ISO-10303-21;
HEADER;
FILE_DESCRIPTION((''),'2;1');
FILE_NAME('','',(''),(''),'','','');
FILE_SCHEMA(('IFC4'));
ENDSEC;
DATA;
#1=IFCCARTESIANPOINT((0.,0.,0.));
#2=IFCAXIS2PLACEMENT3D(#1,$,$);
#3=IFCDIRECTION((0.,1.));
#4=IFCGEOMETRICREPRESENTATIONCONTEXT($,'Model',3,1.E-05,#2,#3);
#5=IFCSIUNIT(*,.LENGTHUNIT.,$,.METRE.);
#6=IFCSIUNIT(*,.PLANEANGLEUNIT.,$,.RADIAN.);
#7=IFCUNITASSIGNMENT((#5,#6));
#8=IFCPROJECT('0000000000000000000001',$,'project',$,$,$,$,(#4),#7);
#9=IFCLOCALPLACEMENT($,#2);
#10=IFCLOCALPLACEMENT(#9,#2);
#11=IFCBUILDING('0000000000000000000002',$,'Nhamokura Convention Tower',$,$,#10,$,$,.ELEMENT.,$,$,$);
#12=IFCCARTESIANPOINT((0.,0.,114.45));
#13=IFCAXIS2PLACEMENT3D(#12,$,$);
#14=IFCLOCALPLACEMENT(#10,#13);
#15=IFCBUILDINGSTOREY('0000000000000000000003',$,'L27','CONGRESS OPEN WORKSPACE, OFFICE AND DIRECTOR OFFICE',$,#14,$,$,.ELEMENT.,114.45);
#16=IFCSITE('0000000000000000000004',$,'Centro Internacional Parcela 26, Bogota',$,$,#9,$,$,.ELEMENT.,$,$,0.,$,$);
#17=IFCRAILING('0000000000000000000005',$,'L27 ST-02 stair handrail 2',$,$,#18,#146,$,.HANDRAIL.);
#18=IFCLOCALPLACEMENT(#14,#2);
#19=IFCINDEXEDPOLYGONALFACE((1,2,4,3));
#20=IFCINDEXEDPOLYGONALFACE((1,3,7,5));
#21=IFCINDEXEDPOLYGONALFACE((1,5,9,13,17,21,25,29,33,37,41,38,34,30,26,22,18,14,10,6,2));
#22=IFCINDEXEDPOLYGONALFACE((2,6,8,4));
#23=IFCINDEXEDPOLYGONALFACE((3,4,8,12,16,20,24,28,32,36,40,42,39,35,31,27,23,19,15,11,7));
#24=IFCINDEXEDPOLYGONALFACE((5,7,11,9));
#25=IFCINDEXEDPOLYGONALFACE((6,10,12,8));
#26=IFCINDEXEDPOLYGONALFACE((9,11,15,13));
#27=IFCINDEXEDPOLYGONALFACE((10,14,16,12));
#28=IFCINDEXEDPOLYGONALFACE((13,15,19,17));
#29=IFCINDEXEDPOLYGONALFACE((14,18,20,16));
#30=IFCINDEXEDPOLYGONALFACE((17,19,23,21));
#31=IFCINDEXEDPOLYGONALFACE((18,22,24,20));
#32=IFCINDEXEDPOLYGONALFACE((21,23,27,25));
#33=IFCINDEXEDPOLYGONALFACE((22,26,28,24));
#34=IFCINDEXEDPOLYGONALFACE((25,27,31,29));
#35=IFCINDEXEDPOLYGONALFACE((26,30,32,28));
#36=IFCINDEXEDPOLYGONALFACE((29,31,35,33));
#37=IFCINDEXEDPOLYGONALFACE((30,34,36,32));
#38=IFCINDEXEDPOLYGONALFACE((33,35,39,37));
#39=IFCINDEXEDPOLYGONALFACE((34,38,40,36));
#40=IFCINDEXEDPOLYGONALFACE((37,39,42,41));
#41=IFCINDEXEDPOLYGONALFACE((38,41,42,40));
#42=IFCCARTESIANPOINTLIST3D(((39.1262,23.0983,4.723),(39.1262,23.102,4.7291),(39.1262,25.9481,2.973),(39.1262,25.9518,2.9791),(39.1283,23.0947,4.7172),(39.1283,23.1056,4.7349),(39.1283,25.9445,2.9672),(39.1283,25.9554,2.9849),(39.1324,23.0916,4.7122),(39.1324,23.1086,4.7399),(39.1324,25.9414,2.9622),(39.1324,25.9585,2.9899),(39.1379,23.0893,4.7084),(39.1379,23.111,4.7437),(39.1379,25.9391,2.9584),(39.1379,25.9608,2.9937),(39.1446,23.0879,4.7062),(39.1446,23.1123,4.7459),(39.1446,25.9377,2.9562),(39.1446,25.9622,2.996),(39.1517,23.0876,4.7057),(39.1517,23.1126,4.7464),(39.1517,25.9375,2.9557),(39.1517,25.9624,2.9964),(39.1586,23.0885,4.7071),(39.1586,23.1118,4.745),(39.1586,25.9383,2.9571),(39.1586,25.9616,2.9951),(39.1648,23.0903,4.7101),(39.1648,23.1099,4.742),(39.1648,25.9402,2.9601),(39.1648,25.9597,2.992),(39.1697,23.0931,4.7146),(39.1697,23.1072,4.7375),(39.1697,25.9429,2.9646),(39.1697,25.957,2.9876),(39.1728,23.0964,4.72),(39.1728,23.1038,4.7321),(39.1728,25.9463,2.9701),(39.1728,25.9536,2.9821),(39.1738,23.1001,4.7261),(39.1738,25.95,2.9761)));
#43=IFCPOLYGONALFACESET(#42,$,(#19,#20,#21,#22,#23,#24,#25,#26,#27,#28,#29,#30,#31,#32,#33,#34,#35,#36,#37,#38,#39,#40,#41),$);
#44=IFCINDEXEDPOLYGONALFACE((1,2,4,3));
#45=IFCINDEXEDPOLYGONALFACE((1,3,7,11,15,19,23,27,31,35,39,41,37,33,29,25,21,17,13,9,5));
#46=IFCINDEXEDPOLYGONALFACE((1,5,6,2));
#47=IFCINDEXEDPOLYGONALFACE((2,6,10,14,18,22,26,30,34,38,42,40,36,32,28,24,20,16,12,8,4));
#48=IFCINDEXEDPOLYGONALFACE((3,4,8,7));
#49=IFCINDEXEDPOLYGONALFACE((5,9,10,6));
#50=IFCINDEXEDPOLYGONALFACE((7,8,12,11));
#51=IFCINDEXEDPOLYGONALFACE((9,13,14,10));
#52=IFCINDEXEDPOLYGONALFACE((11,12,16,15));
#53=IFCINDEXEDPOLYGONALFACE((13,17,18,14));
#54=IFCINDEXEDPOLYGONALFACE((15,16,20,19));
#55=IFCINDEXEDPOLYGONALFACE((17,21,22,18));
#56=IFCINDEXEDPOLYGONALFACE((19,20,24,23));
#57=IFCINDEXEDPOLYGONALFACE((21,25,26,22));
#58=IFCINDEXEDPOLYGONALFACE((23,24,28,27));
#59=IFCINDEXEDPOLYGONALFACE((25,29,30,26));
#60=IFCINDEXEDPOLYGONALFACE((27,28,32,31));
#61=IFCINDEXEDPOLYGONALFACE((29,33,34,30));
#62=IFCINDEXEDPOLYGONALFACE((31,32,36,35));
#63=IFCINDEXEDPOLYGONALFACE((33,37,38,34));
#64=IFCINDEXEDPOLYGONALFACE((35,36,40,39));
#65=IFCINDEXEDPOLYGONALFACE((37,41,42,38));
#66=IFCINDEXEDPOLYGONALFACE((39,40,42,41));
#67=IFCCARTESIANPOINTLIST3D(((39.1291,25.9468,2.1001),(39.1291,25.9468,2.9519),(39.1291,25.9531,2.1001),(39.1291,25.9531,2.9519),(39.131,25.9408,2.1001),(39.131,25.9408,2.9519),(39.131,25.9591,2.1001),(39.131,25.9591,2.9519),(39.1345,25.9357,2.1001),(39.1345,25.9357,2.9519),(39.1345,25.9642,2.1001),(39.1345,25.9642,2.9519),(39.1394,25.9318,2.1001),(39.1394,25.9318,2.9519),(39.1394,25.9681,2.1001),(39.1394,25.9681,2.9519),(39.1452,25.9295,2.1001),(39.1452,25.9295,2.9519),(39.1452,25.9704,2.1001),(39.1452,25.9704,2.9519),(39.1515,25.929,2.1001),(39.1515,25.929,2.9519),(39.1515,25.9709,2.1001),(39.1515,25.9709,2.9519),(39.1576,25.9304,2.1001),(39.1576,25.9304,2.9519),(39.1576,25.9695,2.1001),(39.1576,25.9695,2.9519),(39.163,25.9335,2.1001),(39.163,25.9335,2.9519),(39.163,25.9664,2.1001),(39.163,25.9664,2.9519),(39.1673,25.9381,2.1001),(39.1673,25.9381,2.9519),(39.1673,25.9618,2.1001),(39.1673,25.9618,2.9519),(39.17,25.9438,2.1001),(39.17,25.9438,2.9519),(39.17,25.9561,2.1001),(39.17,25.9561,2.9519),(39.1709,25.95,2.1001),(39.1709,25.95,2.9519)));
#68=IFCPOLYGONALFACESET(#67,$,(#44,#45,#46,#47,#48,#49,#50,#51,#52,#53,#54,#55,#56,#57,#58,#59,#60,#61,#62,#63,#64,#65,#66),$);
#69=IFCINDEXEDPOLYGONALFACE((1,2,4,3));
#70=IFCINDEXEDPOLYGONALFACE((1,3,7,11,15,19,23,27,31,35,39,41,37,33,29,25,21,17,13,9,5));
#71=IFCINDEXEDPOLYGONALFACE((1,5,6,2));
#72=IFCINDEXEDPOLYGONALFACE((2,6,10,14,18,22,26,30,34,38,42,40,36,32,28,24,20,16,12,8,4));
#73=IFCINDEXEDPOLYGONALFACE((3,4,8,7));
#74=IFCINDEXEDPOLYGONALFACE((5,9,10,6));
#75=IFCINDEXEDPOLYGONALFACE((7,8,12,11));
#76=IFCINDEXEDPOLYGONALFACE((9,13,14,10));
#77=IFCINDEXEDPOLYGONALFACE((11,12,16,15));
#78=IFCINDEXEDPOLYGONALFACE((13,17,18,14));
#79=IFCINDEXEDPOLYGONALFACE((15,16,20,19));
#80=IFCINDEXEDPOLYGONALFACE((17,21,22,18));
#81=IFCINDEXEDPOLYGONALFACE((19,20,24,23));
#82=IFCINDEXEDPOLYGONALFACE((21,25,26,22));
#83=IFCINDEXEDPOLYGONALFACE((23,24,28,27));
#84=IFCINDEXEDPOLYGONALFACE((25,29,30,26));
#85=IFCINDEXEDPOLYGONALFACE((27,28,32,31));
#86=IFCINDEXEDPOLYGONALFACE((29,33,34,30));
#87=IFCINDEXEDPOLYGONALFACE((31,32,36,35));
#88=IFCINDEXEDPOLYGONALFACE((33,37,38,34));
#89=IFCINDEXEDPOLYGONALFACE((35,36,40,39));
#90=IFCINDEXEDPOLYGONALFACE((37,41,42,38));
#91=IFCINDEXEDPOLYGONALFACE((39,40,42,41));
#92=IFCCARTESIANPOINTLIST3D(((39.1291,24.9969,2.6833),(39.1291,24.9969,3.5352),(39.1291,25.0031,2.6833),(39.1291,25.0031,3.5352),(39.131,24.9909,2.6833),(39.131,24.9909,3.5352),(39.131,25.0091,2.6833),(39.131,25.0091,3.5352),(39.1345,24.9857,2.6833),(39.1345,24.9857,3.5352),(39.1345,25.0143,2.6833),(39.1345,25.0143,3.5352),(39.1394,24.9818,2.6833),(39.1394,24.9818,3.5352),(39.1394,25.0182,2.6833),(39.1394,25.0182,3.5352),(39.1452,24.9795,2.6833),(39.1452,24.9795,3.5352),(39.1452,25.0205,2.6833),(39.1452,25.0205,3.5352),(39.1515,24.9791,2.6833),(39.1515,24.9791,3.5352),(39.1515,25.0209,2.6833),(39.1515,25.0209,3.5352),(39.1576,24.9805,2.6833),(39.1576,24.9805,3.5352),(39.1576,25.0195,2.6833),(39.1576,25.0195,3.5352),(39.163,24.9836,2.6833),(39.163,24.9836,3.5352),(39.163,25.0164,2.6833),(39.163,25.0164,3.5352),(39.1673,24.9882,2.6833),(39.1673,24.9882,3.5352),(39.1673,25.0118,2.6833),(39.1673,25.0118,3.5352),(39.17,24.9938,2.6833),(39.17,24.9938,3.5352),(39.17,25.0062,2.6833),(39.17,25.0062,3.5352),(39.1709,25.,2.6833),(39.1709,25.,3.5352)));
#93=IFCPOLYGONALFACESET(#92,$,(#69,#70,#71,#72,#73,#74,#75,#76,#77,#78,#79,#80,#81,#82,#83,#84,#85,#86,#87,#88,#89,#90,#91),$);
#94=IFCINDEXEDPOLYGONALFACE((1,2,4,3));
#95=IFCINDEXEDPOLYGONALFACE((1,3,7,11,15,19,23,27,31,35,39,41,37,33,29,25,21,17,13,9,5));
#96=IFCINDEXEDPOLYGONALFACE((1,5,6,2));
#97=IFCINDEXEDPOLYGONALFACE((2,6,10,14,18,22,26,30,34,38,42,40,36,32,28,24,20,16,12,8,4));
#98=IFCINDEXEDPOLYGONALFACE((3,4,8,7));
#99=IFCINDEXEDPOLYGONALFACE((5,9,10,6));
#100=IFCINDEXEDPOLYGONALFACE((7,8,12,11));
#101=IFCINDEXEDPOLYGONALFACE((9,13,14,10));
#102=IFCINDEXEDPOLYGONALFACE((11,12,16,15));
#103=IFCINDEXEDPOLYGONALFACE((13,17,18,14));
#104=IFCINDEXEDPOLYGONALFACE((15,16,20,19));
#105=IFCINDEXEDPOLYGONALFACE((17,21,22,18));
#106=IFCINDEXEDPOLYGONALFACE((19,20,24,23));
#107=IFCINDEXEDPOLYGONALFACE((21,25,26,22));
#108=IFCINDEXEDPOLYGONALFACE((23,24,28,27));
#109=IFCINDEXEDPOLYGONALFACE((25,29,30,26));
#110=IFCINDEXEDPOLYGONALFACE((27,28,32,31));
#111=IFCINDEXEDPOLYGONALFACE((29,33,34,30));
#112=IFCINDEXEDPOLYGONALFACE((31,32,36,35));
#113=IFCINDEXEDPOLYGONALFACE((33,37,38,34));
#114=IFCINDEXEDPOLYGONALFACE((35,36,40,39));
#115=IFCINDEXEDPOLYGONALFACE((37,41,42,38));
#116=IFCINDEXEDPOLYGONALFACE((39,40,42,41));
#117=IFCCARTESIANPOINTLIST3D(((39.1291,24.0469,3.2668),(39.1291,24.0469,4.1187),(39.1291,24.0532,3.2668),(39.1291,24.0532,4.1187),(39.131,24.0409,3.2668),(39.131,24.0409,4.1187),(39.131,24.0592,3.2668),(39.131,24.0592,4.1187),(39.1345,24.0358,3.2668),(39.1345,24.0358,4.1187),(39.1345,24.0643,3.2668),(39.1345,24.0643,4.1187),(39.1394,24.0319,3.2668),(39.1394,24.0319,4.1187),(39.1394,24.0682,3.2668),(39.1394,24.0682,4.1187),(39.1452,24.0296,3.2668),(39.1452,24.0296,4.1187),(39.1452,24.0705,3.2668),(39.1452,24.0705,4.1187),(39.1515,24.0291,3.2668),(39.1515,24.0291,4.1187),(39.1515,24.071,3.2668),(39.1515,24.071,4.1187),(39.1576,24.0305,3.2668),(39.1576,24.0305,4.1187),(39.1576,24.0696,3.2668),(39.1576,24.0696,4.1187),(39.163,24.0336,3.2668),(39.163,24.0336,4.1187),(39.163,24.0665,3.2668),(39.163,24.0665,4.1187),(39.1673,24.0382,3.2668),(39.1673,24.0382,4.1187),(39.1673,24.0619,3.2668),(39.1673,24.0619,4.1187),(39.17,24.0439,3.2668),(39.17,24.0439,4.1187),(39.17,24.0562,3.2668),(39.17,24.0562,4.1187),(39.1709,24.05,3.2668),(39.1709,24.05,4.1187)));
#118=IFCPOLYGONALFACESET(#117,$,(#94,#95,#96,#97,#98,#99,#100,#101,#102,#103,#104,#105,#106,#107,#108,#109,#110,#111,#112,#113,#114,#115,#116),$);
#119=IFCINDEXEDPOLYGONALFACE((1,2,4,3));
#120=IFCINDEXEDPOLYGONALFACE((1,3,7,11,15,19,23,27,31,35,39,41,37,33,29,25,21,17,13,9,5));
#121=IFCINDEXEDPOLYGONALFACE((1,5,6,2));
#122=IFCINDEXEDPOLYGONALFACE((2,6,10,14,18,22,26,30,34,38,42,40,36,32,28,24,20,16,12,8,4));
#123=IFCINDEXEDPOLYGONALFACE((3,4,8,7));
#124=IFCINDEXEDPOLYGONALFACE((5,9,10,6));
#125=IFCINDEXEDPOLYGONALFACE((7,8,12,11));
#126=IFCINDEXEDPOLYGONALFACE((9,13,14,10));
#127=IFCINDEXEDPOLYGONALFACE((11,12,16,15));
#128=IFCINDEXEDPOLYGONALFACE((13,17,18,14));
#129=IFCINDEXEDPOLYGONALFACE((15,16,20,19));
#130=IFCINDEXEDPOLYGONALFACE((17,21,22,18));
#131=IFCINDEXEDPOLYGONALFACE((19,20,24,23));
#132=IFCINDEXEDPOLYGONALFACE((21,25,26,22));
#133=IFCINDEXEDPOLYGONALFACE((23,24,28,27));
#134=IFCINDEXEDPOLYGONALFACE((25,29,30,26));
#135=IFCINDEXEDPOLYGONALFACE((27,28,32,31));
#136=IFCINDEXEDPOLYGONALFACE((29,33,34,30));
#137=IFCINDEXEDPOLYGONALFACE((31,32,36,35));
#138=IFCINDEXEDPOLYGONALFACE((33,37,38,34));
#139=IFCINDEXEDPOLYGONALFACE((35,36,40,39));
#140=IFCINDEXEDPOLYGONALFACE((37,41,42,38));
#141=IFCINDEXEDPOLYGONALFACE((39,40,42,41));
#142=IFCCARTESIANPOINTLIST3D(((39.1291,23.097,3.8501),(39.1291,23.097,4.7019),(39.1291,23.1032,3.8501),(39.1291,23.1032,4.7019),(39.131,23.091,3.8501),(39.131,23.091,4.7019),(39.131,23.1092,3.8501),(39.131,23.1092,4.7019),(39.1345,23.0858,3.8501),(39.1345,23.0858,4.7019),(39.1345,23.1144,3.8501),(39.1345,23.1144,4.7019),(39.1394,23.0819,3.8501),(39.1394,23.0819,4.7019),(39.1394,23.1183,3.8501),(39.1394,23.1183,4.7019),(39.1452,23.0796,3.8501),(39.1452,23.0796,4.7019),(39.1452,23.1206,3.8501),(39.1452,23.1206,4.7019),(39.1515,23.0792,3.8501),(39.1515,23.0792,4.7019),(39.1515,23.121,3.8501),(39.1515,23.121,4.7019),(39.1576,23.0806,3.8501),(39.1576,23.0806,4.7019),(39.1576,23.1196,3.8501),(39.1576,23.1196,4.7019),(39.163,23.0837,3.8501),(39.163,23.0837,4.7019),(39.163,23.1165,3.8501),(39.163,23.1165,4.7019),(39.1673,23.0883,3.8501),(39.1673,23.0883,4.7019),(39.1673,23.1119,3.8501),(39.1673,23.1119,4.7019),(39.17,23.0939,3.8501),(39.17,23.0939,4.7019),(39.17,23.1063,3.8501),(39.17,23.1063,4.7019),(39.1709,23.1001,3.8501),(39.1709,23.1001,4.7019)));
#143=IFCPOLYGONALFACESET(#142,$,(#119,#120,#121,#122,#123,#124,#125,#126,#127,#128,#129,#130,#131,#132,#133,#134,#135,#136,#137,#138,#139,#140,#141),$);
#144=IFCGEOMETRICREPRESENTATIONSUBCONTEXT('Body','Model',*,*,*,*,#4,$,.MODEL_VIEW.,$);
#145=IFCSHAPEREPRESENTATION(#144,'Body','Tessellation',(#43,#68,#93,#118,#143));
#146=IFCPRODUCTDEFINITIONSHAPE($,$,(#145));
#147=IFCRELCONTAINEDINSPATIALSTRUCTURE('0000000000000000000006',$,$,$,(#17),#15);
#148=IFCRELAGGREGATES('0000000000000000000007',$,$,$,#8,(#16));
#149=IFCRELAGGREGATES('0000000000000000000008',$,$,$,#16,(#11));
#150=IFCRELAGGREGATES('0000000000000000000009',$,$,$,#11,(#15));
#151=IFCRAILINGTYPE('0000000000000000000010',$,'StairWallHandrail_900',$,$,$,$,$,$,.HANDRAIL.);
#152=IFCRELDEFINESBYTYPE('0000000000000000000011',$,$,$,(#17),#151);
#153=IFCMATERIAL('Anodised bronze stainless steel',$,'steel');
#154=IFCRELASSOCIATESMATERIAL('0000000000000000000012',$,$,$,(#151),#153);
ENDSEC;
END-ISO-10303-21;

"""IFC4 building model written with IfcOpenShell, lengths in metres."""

from ifc_helpers import new_model, si_unit, direction, frame, origin, origin_2d, place, context, subcontext, project, spatial, circle, extrude, material, type_object, element, save


model = new_model("IFC4")

# Units and contexts
model_context = context("Model", 3, precision=1e-05, world=origin(), true_north=direction((0.0, 1.0)))
body_context = subcontext(model_context, "Body", "Model", "MODEL_VIEW")
ifc_project = project(units=[si_unit("LENGTHUNIT", "METRE"), si_unit("PLANEANGLEUNIT", "RADIAN")], contexts=[model_context])

# Site, building, storey
site_placement = place(None, origin())
site = spatial("IfcSite", under=ifc_project, at=site_placement, Name="Centro Internacional Parcela 26, Bogota", CompositionType="ELEMENT", RefElevation=0.0)
building_placement = place(site_placement, origin())
building = spatial("IfcBuilding", under=site, at=building_placement, Name="Nhamokura Convention Tower", CompositionType="ELEMENT")
storey_placement = place(building_placement, frame((0.0, 0.0, 114.45)))
storey = spatial("IfcBuildingStorey", under=building, at=storey_placement, Name="L27", Description="CONGRESS OPEN WORKSPACE, OFFICE AND DIRECTOR OFFICE", CompositionType="ELEMENT", Elevation=114.45)

# Railing
ifc_material_1 = material(Name="Anodised bronze stainless steel", Category="steel")
railing_type_1 = type_object("IfcRailingType", Name="StairWallHandrail_900", PredefinedType="HANDRAIL", material=ifc_material_1)
railing_1_placement = place(storey_placement, frame((39.1499, 25.95, 2.1001)))
element("IfcRailing", 1, at=railing_1_placement, inside=storey, type_object=railing_type_1, Name="L27 ST-02 stair handrail 2", PredefinedType="HANDRAIL", context=body_context, shape_type="SweptSolid", body=[
    extrude(circle(Radius=0.0239, at=origin_2d()), frame((0.0, 0.0, 0.876), z_axis=(0.0, -0.852159, 0.523283), x_axis=(1.0, 0.0, 0.0)), (0.0, 0.0, 1.0), 3.3442),
    extrude(circle(Radius=0.021, at=origin_2d()), origin(), (0.0, 0.0, 1.0), 0.8518),
    extrude(circle(Radius=0.021, at=origin_2d()), frame((0.0, -0.95, 0.5833)), (0.0, 0.0, 1.0), 0.8518),
    extrude(circle(Radius=0.021, at=origin_2d()), frame((0.0, -1.8999, 1.1667)), (0.0, 0.0, 1.0), 0.8518),
    extrude(circle(Radius=0.021, at=origin_2d()), frame((0.0, -2.8499, 1.75)), (0.0, 0.0, 1.0), 0.8518),
])

save(model, "model.ifc")
